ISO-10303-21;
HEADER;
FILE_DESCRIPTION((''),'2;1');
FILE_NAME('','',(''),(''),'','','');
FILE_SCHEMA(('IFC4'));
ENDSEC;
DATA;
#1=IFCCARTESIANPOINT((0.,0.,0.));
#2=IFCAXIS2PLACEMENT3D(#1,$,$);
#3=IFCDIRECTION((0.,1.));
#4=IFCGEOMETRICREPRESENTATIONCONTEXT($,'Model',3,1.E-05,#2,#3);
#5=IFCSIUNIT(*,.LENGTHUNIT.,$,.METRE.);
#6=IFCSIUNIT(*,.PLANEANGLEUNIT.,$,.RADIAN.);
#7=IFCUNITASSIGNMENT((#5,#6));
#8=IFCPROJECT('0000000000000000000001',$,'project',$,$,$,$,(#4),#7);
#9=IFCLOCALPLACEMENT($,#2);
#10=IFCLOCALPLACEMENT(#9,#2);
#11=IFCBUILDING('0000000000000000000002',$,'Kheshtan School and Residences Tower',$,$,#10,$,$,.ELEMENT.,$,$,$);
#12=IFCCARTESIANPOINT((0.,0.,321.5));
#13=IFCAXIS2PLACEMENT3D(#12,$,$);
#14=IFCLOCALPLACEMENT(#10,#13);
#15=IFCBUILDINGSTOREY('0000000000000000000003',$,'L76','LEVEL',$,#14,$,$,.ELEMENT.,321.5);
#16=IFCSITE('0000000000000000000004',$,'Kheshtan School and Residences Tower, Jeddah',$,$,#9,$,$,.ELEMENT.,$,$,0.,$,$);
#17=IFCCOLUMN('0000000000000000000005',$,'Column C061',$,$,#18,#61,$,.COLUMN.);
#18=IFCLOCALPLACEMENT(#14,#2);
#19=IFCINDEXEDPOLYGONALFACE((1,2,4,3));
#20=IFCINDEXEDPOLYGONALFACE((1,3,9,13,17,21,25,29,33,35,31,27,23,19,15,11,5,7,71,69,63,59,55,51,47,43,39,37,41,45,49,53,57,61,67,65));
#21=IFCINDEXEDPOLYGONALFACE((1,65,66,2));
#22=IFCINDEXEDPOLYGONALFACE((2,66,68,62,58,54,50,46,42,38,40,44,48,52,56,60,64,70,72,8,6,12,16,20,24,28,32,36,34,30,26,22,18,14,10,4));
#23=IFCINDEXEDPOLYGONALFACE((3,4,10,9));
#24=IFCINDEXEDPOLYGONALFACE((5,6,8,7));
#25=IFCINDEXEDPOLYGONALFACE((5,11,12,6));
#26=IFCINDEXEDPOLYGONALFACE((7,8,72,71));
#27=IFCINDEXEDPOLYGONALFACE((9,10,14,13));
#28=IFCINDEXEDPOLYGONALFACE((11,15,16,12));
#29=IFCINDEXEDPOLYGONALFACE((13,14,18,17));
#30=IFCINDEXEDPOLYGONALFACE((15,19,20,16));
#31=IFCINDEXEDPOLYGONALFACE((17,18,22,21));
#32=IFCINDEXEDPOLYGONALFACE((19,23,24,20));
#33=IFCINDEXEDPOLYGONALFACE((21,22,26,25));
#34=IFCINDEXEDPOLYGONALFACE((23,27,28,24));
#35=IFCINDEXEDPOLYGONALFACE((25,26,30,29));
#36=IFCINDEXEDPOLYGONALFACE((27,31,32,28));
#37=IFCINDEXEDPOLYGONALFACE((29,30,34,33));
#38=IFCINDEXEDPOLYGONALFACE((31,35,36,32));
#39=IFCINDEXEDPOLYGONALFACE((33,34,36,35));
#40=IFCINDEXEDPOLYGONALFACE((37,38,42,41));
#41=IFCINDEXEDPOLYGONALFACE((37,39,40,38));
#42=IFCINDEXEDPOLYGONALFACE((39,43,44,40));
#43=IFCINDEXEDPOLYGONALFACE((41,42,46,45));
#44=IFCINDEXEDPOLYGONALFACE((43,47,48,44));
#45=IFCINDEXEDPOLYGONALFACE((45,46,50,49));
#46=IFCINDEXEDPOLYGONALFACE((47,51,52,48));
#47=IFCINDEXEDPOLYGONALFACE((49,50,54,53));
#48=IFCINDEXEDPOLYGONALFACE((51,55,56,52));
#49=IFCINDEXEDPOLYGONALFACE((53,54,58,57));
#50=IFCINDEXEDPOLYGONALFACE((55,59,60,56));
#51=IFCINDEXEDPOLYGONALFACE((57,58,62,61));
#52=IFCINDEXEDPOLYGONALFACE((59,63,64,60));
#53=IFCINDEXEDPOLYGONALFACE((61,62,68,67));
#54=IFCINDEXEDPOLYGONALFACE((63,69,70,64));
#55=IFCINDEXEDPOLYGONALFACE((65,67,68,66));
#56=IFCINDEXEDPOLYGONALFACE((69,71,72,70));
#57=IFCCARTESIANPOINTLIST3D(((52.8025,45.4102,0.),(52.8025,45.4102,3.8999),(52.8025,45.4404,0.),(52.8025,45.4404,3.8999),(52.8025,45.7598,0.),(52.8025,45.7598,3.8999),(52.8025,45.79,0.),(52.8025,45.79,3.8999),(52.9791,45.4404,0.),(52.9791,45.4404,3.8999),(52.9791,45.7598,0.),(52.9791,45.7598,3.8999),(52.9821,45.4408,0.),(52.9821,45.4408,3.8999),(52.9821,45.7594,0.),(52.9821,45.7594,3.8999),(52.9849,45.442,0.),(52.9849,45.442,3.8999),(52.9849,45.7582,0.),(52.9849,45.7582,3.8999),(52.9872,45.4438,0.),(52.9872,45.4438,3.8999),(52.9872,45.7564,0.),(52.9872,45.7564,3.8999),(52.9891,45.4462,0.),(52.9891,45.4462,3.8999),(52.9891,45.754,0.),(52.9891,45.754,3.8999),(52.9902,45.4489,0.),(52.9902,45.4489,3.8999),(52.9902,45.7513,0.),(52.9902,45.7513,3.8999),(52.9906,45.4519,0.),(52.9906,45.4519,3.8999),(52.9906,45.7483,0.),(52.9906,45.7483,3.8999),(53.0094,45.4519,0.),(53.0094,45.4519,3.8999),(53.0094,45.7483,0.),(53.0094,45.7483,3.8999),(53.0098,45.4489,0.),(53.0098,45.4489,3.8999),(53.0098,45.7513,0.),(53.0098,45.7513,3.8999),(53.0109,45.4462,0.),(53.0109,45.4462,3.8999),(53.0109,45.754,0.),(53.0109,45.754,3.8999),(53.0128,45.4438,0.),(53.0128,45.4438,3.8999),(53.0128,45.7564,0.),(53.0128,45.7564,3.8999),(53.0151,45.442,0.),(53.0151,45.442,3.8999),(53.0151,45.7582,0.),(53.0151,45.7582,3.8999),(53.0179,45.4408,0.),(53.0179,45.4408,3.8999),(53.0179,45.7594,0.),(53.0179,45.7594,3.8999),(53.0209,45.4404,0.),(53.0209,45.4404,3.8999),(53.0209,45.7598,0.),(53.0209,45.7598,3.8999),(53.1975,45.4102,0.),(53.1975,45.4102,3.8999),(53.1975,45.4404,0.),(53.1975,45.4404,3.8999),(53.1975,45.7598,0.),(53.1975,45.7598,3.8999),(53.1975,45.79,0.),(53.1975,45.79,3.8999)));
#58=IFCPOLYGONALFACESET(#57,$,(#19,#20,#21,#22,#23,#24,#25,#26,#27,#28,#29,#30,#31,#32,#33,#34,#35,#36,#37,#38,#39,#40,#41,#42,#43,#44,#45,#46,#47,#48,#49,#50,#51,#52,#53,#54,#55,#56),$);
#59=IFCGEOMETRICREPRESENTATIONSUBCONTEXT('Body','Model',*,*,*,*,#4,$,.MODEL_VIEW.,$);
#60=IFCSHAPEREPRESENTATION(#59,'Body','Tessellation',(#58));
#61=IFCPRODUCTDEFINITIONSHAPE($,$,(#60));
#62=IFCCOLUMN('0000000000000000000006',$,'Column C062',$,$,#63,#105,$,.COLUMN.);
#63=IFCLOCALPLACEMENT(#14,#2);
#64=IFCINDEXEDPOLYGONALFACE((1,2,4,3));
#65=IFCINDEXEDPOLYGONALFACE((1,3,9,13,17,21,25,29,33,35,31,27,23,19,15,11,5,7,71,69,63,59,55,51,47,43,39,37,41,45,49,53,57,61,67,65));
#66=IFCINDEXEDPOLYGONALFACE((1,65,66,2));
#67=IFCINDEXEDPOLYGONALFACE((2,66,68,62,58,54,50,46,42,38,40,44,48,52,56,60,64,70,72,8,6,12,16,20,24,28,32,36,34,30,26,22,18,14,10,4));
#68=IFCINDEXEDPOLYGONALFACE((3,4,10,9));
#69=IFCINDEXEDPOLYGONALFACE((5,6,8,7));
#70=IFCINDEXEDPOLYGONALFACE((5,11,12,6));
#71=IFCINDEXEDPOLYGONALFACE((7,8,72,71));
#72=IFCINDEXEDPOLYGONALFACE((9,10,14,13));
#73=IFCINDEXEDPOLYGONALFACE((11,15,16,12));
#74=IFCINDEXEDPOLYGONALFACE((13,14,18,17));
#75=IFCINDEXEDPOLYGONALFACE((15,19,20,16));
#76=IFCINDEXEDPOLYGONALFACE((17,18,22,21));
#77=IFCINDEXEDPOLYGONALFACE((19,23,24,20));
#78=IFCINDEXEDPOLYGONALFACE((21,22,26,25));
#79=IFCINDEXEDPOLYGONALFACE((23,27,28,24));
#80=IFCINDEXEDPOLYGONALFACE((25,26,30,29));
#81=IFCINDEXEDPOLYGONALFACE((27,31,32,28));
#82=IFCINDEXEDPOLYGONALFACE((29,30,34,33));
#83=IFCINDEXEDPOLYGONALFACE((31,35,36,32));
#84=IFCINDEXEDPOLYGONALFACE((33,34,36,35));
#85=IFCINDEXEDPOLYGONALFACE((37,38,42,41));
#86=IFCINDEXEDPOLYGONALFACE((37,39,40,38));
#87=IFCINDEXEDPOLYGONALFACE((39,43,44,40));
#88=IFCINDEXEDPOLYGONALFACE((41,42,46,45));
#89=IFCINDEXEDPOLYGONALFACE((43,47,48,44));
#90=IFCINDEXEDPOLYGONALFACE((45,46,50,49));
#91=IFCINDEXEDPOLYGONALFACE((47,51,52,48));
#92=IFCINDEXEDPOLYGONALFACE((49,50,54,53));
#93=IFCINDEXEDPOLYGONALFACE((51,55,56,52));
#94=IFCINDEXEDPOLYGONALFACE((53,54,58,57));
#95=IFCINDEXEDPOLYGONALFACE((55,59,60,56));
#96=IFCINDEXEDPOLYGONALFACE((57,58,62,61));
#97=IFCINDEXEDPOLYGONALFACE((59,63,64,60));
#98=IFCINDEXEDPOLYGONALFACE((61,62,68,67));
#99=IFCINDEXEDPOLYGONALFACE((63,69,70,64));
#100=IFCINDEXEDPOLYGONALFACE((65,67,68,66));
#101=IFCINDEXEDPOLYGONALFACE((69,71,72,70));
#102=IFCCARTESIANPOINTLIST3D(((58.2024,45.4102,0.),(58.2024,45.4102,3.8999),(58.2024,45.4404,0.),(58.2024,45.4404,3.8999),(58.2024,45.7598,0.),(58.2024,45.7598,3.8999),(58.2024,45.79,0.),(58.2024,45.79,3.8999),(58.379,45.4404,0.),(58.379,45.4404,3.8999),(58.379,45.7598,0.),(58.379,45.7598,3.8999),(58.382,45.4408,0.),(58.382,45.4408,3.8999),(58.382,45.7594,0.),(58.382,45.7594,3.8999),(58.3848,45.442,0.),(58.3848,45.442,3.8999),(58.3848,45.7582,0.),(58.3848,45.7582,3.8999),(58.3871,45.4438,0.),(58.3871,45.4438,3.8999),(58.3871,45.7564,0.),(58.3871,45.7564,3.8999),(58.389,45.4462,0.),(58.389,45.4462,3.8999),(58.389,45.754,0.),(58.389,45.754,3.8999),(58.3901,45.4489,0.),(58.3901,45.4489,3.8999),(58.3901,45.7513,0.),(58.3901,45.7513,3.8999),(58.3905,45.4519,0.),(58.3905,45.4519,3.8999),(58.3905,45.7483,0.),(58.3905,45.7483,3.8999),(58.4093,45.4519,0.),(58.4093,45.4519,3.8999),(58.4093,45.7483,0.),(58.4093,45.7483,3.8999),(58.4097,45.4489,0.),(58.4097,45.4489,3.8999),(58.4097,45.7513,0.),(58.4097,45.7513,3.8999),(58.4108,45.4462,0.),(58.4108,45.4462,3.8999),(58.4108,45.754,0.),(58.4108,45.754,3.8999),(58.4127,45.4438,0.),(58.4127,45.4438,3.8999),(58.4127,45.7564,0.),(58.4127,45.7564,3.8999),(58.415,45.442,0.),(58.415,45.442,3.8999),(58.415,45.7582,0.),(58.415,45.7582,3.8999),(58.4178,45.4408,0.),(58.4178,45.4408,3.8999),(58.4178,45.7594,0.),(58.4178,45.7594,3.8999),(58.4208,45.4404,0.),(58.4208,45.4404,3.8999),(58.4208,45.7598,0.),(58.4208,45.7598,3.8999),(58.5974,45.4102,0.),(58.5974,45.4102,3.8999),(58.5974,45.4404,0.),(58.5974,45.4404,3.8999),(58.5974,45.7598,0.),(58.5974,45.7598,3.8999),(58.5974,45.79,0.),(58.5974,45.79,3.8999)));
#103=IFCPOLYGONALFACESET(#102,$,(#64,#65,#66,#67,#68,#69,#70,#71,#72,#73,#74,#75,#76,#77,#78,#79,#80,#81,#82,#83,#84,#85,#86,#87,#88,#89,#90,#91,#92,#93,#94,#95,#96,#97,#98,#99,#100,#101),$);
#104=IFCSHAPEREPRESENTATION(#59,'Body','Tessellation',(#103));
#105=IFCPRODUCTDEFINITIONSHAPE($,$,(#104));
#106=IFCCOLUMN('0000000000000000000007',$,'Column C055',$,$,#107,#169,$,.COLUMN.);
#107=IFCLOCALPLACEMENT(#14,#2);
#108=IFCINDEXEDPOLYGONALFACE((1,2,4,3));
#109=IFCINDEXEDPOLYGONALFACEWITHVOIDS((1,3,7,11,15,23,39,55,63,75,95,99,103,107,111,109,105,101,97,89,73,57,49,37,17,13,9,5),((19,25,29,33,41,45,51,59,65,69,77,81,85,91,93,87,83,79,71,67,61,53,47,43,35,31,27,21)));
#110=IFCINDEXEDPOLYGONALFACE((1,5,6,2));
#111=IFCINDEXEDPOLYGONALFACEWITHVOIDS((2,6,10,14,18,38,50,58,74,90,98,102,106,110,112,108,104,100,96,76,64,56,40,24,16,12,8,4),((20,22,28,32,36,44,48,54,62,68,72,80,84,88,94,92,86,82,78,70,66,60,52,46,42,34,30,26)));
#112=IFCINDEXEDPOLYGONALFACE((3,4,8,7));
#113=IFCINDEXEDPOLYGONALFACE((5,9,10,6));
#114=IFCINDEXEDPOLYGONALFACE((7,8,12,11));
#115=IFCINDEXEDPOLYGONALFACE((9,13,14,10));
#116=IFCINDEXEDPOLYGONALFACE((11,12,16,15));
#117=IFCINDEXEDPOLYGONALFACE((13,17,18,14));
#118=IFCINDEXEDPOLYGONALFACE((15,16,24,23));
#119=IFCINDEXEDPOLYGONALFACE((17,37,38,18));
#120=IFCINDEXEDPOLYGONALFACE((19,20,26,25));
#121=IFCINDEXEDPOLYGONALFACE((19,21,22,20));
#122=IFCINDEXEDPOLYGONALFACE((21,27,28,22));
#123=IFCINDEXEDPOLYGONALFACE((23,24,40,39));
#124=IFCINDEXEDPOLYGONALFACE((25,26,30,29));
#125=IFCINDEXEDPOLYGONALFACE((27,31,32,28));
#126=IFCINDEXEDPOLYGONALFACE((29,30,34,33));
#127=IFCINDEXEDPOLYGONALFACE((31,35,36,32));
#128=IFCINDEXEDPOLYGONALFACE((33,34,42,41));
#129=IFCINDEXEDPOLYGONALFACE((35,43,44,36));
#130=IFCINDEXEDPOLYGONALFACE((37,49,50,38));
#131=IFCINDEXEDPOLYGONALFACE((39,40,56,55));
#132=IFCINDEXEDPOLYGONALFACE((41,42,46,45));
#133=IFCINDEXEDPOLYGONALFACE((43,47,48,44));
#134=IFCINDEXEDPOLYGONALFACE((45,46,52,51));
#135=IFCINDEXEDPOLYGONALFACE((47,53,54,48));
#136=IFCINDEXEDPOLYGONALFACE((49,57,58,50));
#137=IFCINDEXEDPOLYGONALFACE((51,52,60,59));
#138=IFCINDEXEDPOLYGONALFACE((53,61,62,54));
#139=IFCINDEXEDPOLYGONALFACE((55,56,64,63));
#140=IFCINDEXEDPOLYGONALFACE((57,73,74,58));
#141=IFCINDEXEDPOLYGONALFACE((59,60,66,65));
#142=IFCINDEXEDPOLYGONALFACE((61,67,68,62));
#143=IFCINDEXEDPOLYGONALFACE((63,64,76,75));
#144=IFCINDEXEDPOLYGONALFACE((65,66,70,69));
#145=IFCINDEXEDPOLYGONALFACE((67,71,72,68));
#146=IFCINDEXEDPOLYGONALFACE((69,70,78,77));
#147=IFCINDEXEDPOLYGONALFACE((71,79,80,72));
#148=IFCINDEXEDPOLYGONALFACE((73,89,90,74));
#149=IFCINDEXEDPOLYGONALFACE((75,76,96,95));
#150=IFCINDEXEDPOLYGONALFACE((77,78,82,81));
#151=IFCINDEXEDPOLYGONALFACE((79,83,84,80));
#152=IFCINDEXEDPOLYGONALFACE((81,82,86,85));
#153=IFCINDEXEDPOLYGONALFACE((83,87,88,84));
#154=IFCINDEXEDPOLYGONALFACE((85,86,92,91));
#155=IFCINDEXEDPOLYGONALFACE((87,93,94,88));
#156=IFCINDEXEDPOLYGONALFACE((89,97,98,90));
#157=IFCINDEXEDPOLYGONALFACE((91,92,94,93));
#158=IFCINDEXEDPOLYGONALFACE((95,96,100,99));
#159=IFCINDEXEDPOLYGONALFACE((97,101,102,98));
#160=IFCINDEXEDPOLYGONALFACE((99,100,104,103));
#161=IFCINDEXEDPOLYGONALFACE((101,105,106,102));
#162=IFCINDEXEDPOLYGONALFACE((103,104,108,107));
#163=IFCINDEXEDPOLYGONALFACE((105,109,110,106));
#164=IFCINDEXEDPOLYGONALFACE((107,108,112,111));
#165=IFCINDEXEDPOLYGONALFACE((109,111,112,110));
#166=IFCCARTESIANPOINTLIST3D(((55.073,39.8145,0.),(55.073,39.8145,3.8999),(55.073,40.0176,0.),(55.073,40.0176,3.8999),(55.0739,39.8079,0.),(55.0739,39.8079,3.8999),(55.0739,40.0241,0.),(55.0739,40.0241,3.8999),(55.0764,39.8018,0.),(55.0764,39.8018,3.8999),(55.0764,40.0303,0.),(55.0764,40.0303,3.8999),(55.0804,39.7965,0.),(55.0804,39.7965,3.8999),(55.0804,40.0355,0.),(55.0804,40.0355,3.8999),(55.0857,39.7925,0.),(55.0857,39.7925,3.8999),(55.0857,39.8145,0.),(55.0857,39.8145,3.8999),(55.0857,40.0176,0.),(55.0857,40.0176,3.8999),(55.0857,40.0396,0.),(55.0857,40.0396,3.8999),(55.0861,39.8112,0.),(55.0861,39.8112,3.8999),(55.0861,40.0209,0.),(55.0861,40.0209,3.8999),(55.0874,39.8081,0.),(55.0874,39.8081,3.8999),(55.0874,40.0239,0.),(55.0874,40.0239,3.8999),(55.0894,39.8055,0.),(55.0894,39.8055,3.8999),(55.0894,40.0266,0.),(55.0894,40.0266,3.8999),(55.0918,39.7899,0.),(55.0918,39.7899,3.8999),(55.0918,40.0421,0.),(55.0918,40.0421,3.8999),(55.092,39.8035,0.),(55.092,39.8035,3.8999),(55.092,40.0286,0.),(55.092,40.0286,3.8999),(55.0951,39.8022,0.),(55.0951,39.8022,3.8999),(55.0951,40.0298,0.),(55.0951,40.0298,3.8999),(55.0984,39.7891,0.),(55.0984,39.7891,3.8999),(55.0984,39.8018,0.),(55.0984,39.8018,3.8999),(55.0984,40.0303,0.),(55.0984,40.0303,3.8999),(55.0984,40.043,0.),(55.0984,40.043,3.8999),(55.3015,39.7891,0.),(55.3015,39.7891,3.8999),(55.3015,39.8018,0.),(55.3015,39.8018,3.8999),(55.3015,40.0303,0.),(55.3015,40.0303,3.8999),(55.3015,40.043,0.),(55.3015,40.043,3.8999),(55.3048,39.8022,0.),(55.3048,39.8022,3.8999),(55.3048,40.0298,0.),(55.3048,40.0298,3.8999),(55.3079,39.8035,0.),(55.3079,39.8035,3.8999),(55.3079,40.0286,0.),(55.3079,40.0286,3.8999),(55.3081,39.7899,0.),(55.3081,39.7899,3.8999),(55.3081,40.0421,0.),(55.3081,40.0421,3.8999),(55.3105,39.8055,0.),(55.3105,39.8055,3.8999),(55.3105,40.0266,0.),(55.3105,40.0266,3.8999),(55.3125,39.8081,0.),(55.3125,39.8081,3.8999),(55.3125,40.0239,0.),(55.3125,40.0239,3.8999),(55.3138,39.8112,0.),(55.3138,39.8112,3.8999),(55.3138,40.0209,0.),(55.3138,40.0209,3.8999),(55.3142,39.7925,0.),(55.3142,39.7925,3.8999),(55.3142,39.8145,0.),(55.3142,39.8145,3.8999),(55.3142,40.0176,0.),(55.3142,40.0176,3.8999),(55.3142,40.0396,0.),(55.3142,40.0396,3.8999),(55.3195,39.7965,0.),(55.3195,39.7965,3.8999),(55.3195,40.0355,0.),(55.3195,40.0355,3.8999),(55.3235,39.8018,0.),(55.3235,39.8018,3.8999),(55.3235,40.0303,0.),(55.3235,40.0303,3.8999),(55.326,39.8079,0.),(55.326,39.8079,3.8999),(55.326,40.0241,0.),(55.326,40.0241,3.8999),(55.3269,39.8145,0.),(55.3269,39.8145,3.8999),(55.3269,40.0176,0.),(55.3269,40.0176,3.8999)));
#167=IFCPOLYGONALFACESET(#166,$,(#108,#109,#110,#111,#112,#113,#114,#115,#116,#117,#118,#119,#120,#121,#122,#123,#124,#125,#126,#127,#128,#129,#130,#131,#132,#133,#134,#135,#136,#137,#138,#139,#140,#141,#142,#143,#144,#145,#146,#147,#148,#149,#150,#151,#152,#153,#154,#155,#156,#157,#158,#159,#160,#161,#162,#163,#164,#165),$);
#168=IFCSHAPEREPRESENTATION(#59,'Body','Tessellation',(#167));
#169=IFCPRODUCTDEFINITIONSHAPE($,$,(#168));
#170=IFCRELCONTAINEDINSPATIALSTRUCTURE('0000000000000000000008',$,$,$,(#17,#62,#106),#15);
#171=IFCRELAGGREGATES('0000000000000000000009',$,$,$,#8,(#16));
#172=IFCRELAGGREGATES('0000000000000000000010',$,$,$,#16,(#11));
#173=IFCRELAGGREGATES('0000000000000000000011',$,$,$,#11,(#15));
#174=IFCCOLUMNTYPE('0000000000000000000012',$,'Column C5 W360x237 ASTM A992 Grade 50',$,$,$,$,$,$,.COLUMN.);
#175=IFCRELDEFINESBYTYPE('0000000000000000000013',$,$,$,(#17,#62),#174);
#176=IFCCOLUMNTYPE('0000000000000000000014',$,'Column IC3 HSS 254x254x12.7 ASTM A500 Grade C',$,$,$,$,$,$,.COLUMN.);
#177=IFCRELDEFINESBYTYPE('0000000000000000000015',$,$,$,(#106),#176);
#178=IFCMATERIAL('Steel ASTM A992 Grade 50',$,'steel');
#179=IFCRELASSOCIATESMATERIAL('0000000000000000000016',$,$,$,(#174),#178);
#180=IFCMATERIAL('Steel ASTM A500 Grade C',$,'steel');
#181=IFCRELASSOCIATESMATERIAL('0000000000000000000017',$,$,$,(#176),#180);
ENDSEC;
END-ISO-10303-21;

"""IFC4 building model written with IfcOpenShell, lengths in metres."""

from ifc_helpers import new_model, si_unit, direction, frame, origin, origin_2d, place, context, subcontext, project, spatial, hollow_rectangle, i_section, extrude, material, material_profile, profile_set, type_object, element, save


model = new_model("IFC4")

# Units and contexts
model_context = context("Model", 3, precision=1e-05, world=origin(), true_north=direction((0.0, 1.0)))
body_context = subcontext(model_context, "Body", "Model", "MODEL_VIEW")
ifc_project = project(units=[si_unit("LENGTHUNIT", "METRE"), si_unit("PLANEANGLEUNIT", "RADIAN")], contexts=[model_context])

# Site, building, storey
site_placement = place(None, origin())
site = spatial("IfcSite", under=ifc_project, at=site_placement, Name="Kheshtan School and Residences Tower, Jeddah", CompositionType="ELEMENT", RefElevation=0.0)
building_placement = place(site_placement, origin())
building = spatial("IfcBuilding", under=site, at=building_placement, Name="Kheshtan School and Residences Tower", CompositionType="ELEMENT")
storey_placement = place(building_placement, frame((0.0, 0.0, 321.5)))
storey = spatial("IfcBuildingStorey", under=building, at=storey_placement, Name="L76", Description="LEVEL", CompositionType="ELEMENT", Elevation=321.5)

# Columns
ifc_material_1 = material(Name="Steel ASTM A992 Grade 50", Category="steel")
ifc_material_profile_1 = material_profile(ifc_material_1, i_section(OverallWidth=0.395, OverallDepth=0.3799, WebThickness=0.0188, FlangeThickness=0.0303, FilletRadius=0.0115, at=origin_2d()), Name="W360x237")
ifc_profile_set_1 = profile_set([ifc_material_profile_1], Name="Steel ASTM A992 Grade 50")
column_type_1 = type_object("IfcColumnType", Name="Column C5 W360x237 ASTM A992 Grade 50", PredefinedType="COLUMN", material=ifc_profile_set_1)
for number, where, z_axis, x_axis, name in (
    (1, (53.0, 45.6001, 0.0), (0.0, 0.0, 1.0), (1.0, 0.0, 0.0), "Column C061"),
    (2, (58.3999, 45.6001, 0.0), (0.0, 0.0, 1.0), (1.0, 0.0, 0.0), "Column C062"),
):
    element("IfcColumn", number, at=place(storey_placement, frame(where, z_axis=z_axis, x_axis=x_axis)), inside=storey, type_object=column_type_1, Name=name, PredefinedType="COLUMN", context=body_context, shape_type="SweptSolid", body=[
        extrude(i_section(OverallWidth=0.395, OverallDepth=0.3799, WebThickness=0.0188, FlangeThickness=0.0303, FilletRadius=0.0115, at=origin_2d()), origin(), (0.0, 0.0, 1.0), 3.8999),
    ])
ifc_material_2 = material(Name="Steel ASTM A500 Grade C", Category="steel")
ifc_material_profile_2 = material_profile(ifc_material_2, hollow_rectangle(XDim=0.2539, YDim=0.2539, WallThickness=0.0127, InnerFilletRadius=0.0127, OuterFilletRadius=0.0254, at=origin_2d()), Name="HSS 254x254x12.7")
ifc_profile_set_2 = profile_set([ifc_material_profile_2], Name="Steel ASTM A500 Grade C")
column_type_2 = type_object("IfcColumnType", Name="Column IC3 HSS 254x254x12.7 ASTM A500 Grade C", PredefinedType="COLUMN", material=ifc_profile_set_2)
column_placement = place(storey_placement, frame((55.2, 39.916, 0.0), z_axis=(0.0, 0.0, 1.0), x_axis=(1.0, 0.0, 0.0)))
element("IfcColumn", 3, at=column_placement, inside=storey, type_object=column_type_2, Name="Column C055", PredefinedType="COLUMN", context=body_context, shape_type="SweptSolid", body=[
    extrude(hollow_rectangle(XDim=0.2539, YDim=0.2539, WallThickness=0.0127, InnerFilletRadius=0.0127, OuterFilletRadius=0.0254, at=origin_2d()), origin(), (0.0, 0.0, 1.0), 3.8999),
])

save(model, "model.ifc")
